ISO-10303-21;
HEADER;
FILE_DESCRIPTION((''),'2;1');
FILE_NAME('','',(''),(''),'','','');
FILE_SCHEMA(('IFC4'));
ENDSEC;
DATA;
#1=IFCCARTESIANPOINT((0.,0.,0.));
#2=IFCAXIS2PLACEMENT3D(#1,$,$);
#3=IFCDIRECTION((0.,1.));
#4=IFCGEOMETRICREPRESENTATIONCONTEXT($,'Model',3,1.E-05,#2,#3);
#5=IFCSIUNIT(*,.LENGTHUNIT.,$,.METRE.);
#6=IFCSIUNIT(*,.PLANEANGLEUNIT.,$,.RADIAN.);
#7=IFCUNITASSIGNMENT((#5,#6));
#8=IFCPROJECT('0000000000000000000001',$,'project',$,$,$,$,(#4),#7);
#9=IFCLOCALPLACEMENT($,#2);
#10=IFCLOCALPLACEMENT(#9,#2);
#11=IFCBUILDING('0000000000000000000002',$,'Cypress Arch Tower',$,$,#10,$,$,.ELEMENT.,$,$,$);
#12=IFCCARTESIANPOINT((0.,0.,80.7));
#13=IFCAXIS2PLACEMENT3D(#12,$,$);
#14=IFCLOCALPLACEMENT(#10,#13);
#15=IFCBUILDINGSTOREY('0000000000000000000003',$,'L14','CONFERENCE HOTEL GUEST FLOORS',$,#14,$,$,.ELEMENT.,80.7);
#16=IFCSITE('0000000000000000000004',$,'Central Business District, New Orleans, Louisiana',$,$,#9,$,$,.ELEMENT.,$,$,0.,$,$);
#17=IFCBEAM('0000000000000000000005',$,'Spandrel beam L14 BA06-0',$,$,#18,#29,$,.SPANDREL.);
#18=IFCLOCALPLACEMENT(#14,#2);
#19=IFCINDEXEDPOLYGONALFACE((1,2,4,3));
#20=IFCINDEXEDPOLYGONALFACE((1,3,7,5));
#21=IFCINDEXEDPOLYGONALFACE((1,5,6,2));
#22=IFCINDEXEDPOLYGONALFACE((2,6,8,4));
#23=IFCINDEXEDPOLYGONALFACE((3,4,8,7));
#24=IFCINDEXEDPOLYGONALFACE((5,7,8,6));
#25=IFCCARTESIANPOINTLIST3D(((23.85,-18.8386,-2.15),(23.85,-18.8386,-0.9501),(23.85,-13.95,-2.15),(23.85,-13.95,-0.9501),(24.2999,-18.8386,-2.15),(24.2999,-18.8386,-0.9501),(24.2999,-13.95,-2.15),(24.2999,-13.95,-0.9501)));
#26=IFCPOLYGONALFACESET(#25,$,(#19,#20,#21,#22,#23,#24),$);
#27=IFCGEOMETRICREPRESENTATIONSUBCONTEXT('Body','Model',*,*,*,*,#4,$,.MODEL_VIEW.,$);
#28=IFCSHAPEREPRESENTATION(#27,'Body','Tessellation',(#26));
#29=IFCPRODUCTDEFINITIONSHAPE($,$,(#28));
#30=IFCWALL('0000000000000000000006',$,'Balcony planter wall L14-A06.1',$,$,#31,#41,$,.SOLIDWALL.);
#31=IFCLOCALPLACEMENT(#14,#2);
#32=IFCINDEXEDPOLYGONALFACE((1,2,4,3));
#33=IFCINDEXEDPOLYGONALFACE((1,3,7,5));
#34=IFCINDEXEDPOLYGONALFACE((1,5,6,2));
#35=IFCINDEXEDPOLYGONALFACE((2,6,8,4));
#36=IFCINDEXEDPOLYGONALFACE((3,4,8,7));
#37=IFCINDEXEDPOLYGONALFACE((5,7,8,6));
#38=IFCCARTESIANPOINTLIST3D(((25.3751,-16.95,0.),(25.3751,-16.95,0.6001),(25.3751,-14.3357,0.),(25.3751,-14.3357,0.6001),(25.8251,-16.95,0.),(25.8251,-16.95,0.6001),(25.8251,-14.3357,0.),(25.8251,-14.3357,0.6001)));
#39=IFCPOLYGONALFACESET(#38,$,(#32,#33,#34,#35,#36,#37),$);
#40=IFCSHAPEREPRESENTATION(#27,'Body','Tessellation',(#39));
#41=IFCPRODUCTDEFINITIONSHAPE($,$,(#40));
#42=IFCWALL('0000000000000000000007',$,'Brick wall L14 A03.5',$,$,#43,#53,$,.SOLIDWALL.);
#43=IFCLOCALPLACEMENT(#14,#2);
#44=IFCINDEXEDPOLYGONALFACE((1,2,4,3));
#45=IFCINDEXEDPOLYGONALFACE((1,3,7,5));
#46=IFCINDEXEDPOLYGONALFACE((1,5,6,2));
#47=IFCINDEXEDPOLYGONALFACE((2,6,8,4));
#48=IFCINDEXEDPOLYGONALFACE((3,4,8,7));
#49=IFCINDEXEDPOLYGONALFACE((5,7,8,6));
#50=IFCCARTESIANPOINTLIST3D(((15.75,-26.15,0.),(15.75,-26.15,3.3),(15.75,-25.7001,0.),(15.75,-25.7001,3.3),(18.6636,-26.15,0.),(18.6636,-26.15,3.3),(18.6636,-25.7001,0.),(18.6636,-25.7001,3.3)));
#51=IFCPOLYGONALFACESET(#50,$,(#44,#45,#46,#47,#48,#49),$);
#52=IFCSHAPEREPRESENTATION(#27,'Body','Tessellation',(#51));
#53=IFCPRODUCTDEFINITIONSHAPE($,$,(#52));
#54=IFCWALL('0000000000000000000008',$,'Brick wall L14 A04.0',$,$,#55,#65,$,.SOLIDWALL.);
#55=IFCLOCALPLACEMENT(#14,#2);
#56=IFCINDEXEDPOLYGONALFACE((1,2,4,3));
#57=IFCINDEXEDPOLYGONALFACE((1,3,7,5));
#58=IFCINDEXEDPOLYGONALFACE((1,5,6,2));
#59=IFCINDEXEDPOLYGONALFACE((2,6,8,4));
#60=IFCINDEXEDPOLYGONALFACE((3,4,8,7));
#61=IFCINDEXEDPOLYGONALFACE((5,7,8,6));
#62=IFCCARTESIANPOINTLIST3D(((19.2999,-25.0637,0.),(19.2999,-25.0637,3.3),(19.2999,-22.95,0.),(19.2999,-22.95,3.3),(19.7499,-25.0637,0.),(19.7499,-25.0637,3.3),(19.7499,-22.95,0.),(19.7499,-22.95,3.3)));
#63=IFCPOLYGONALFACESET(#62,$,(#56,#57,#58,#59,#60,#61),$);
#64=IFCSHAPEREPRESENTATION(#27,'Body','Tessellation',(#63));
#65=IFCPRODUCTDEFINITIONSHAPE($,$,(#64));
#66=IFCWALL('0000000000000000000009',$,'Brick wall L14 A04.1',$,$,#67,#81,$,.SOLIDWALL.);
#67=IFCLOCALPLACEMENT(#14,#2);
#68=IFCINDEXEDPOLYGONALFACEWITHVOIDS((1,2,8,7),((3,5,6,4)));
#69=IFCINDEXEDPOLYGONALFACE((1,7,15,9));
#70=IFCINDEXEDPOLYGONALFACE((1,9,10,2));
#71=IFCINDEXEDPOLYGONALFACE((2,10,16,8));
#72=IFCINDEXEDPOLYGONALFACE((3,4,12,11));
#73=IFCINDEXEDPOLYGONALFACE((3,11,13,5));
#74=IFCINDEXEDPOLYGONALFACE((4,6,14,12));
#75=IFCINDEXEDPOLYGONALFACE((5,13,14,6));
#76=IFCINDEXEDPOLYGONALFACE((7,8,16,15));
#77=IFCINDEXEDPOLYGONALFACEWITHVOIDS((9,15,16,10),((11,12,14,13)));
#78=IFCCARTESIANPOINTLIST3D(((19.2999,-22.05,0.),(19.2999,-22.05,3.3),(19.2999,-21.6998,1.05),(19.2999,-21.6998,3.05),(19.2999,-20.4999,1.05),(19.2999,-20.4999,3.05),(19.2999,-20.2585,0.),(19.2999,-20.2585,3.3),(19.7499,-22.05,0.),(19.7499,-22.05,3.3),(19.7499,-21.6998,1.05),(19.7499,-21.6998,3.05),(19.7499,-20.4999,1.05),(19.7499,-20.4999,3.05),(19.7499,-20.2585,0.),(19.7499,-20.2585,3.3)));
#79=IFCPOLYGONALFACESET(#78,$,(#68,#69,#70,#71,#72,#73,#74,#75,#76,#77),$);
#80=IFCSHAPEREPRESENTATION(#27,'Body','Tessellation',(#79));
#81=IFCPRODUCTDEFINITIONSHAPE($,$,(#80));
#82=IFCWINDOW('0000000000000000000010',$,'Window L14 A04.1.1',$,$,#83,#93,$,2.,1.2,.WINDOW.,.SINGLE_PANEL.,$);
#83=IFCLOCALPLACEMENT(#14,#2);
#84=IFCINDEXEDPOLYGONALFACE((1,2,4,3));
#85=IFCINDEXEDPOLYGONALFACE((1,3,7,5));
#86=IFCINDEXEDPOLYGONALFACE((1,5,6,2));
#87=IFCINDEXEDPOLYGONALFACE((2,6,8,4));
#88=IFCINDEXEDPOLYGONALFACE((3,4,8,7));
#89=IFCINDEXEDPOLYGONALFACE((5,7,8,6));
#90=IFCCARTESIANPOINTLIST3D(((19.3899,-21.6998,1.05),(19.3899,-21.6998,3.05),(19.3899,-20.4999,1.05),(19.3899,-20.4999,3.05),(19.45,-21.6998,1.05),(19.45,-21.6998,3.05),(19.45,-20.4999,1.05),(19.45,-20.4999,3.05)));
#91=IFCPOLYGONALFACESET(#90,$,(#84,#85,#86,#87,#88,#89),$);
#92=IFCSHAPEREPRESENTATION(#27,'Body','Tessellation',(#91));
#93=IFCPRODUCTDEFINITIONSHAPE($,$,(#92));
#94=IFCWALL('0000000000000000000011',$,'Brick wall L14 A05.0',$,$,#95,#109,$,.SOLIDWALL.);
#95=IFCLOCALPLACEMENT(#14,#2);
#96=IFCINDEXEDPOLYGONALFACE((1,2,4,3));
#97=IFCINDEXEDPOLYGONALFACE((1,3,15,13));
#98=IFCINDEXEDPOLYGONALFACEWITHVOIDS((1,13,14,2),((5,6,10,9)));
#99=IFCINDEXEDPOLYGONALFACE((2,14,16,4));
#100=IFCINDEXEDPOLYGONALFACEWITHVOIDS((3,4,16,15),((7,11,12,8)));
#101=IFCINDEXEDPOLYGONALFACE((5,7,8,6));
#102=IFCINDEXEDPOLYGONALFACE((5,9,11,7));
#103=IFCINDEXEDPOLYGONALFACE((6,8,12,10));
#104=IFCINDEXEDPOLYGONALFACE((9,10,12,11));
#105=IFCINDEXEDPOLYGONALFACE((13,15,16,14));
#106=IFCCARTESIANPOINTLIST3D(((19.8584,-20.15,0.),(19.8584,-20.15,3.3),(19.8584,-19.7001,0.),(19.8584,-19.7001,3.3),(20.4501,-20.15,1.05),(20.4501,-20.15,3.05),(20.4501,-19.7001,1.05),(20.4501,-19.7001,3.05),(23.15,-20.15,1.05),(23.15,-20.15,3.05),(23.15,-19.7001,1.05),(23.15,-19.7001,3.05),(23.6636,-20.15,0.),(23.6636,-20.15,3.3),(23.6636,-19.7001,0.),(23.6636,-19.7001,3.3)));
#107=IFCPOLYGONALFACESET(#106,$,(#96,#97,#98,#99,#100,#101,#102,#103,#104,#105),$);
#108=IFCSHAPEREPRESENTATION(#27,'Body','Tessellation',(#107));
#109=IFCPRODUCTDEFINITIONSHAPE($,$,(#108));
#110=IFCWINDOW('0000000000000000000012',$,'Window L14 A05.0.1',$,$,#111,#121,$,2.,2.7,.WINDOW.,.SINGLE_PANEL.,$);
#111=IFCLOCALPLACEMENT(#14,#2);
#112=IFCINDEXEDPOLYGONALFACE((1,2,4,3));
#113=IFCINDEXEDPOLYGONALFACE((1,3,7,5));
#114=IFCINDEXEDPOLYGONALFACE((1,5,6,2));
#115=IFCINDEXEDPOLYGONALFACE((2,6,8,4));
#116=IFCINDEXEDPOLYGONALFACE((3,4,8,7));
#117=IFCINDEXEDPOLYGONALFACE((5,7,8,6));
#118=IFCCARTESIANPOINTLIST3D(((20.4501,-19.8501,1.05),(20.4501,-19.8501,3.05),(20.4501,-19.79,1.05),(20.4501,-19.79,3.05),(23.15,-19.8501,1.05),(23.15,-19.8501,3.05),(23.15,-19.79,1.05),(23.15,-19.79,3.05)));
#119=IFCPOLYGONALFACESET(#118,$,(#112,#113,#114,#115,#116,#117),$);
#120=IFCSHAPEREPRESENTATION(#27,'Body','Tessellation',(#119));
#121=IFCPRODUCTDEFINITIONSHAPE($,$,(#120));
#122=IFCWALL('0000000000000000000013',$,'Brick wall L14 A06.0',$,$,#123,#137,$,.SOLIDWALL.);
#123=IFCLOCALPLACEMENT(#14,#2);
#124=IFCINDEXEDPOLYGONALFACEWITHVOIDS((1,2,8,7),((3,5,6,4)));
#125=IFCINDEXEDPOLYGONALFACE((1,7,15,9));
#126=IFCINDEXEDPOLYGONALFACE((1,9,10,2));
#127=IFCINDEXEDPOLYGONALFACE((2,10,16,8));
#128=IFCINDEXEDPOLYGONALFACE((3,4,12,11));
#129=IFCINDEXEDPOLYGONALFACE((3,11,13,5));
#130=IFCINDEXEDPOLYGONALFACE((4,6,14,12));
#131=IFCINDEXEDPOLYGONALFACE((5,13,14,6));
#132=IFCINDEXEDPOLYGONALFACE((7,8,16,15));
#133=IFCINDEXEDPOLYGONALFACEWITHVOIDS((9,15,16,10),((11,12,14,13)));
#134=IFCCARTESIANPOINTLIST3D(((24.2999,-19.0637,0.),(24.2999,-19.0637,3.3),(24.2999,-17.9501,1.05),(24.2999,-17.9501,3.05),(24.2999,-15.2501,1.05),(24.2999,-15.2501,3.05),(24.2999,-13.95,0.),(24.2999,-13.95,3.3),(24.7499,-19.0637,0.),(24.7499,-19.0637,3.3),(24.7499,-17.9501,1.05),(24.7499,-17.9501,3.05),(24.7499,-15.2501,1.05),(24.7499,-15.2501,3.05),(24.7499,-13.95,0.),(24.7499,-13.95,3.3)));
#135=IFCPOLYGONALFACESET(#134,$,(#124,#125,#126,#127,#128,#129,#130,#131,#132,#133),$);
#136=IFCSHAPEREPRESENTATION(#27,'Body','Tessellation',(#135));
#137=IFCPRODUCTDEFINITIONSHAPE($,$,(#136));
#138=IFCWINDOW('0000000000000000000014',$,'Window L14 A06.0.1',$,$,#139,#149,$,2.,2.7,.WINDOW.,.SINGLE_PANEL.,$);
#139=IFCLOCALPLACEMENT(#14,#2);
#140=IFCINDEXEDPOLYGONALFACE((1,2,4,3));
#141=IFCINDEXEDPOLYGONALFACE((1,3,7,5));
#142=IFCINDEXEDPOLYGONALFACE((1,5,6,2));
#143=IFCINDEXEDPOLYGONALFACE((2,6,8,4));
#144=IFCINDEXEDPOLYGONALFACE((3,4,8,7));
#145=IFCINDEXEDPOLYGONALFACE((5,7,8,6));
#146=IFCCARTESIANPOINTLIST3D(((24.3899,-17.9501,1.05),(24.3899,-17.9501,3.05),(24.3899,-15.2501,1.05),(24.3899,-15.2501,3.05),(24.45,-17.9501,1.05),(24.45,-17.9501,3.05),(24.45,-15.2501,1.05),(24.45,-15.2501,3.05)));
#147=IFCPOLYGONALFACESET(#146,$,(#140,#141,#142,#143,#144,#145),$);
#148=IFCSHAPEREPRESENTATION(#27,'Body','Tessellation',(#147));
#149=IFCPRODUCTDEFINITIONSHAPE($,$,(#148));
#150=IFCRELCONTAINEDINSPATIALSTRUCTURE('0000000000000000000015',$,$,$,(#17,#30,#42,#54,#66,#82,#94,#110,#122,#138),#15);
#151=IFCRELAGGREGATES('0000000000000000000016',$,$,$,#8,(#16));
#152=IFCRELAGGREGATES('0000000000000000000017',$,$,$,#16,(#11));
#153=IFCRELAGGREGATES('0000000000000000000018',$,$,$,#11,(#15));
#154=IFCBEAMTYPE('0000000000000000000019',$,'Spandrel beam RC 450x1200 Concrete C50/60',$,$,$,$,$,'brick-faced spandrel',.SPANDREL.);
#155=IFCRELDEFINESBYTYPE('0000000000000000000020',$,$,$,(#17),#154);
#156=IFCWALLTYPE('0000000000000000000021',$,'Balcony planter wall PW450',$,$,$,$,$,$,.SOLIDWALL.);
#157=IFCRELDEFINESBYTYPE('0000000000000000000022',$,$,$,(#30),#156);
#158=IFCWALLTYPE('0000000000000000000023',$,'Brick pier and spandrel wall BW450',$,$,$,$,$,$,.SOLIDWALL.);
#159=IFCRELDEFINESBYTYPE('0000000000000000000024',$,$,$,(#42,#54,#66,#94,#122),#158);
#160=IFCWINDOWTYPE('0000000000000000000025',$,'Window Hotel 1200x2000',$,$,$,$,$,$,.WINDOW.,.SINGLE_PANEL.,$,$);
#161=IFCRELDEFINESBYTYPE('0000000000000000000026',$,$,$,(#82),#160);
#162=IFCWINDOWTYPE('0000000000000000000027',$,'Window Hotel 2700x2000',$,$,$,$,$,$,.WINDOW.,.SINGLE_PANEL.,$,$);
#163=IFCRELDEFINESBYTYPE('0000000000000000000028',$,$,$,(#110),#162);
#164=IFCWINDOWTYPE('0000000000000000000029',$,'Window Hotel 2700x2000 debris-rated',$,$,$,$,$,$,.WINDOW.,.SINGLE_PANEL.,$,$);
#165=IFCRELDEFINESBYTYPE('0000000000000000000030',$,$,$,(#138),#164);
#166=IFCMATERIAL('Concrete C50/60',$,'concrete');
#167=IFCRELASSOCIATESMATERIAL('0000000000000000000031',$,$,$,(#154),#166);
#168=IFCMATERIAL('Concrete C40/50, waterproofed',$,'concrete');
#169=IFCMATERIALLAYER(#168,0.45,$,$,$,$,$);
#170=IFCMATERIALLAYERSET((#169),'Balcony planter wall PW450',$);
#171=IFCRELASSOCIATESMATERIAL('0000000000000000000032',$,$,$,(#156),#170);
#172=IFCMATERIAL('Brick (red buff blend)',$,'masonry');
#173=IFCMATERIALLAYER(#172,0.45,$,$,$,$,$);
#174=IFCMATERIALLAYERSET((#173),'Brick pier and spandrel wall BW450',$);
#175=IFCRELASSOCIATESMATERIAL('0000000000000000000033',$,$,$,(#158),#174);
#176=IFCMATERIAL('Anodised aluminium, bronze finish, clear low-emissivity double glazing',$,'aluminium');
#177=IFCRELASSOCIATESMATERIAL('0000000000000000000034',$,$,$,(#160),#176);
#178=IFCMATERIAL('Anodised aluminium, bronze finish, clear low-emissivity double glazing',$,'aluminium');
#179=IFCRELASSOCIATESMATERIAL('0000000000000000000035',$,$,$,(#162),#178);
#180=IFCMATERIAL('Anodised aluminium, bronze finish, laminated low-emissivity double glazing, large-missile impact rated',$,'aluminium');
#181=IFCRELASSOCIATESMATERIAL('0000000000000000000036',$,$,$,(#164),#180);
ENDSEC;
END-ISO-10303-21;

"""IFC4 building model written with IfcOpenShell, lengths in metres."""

from ifc_helpers import new_model, si_unit, direction, frame, frame_2d, origin, origin_2d, place, context, subcontext, project, spatial, rectangle, extrude, material, layer, layer_set, material_profile, profile_set, type_object, element, fill, save


model = new_model("IFC4")

# Units and contexts
model_context = context("Model", 3, precision=1e-05, world=origin(), true_north=direction((0.0, 1.0)))
body_context = subcontext(model_context, "Body", "Model", "MODEL_VIEW")
ifc_project = project(units=[si_unit("LENGTHUNIT", "METRE"), si_unit("PLANEANGLEUNIT", "RADIAN")], contexts=[model_context])

# Site, building, storey
site_placement = place(None, origin())
site = spatial("IfcSite", under=ifc_project, at=site_placement, Name="Central Business District, New Orleans, Louisiana", CompositionType="ELEMENT", RefElevation=0.0)
building_placement = place(site_placement, origin())
building = spatial("IfcBuilding", under=site, at=building_placement, Name="Cypress Arch Tower", CompositionType="ELEMENT")
storey_placement = place(building_placement, frame((0.0, 0.0, 80.7)))
storey = spatial("IfcBuildingStorey", under=building, at=storey_placement, Name="L14", Description="CONFERENCE HOTEL GUEST FLOORS", CompositionType="ELEMENT", Elevation=80.7)

# Beam
ifc_material_1 = material(Name="Concrete C50/60", Category="concrete")
ifc_material_profile_1 = material_profile(ifc_material_1, rectangle(XDim=0.45, YDim=1.2, at=origin_2d()), Name="RC 450x1200")
ifc_profile_set_1 = profile_set([ifc_material_profile_1], Name="Concrete C50/60")
beam_type = type_object("IfcBeamType", Name="Spandrel beam RC 450x1200 Concrete C50/60", ElementType="brick-faced spandrel", PredefinedType="SPANDREL", material=ifc_profile_set_1)
beam_1_placement = place(storey_placement, frame((24.075, -18.8386, -1.55), z_axis=(0.0, 1.0, 0.0), x_axis=(-1.0, 0.0, 0.0)))
element("IfcBeam", 1, at=beam_1_placement, inside=storey, type_object=beam_type, Name="Spandrel beam L14 BA06-0", PredefinedType="SPANDREL", context=body_context, shape_type="SweptSolid", body=[
    extrude(rectangle(XDim=0.45, YDim=1.2, at=origin_2d()), origin(), (0.0, 0.0, 1.0), 4.8887),
])

# Walls
ifc_material_2 = material(Name="Concrete C40/50, waterproofed", Category="concrete")
ifc_layer_1 = layer(ifc_material_2, 0.45)
ifc_layer_set_1 = layer_set([ifc_layer_1], Name="Balcony planter wall PW450")
wall_type_1 = type_object("IfcWallType", Name="Balcony planter wall PW450", PredefinedType="SOLIDWALL", material=ifc_layer_set_1)
wall_1_placement = place(storey_placement, frame((25.6001, -16.95, 0.0), z_axis=(0.0, 0.0, 1.0), x_axis=(0.0, 1.0, 0.0)))
element("IfcWall", 2, at=wall_1_placement, inside=storey, type_object=wall_type_1, Name="Balcony planter wall L14-A06.1", PredefinedType="SOLIDWALL", context=body_context, shape_type="SweptSolid", body=[
    extrude(rectangle(XDim=2.6143, YDim=0.45, at=frame_2d((1.3071, 0.0))), origin(), (0.0, 0.0, 1.0), 0.6001),
])
ifc_material_3 = material(Name="Brick (red buff blend)", Category="masonry")
ifc_layer_2 = layer(ifc_material_3, 0.45)
ifc_layer_set_2 = layer_set([ifc_layer_2], Name="Brick pier and spandrel wall BW450")
wall_type_2 = type_object("IfcWallType", Name="Brick pier and spandrel wall BW450", PredefinedType="SOLIDWALL", material=ifc_layer_set_2)
wall_2_placement = place(storey_placement, frame((15.75, -25.925, 0.0), z_axis=(0.0, 0.0, 1.0), x_axis=(1.0, 0.0, 0.0)))
element("IfcWall", 3, at=wall_2_placement, inside=storey, type_object=wall_type_2, Name="Brick wall L14 A03.5", PredefinedType="SOLIDWALL", context=body_context, shape_type="SweptSolid", body=[
    extrude(rectangle(XDim=2.9136, YDim=0.45, at=frame_2d((1.4568, 0.0))), origin(), (0.0, 0.0, 1.0), 3.3),
])
wall_3_placement = place(storey_placement, frame((19.5249, -25.0637, 0.0), z_axis=(0.0, 0.0, 1.0), x_axis=(0.0, 1.0, 0.0)))
element("IfcWall", 4, at=wall_3_placement, inside=storey, type_object=wall_type_2, Name="Brick wall L14 A04.0", PredefinedType="SOLIDWALL", context=body_context, shape_type="SweptSolid", body=[
    extrude(rectangle(XDim=2.1138, YDim=0.45, at=frame_2d((1.0569, 0.0))), origin(), (0.0, 0.0, 1.0), 3.3),
])

# Walls, openings, windows
wall_4_placement = place(storey_placement, frame((19.5249, -22.05, 0.0), z_axis=(0.0, 0.0, 1.0), x_axis=(0.0, 1.0, 0.0)))
wall_4 = element("IfcWall", 5, at=wall_4_placement, inside=storey, type_object=wall_type_2, Name="Brick wall L14 A04.1", PredefinedType="SOLIDWALL", context=body_context, shape_type="SweptSolid", body=[
    extrude(rectangle(XDim=1.7915, YDim=0.45, at=frame_2d((0.8958, 0.0))), origin(), (0.0, 0.0, 1.0), 3.3),
])
opening_1_placement = place(wall_4_placement, frame((0.3501, 0.0, 1.05)))
opening_1 = element("IfcOpeningElement", 6, at=opening_1_placement, cuts=wall_4, PredefinedType="OPENING", context=body_context, shape_type="SweptSolid", body=[
    extrude(rectangle(XDim=1.2, YDim=2.0, at=frame_2d((0.6001, 1.0))), frame((0.0, 0.2349, 0.0), z_axis=(0.0, -1.0, 0.0), x_axis=(1.0, 0.0, 0.0)), (0.0, 0.0, 1.0), 0.47),
])
ifc_material_4 = material(Name="Anodised aluminium, bronze finish, clear low-emissivity double glazing", Category="aluminium")
window_type_1 = type_object("IfcWindowType", Name="Window Hotel 1200x2000", PartitioningType="SINGLE_PANEL", PredefinedType="WINDOW", material=ifc_material_4)
window_1_placement = place(opening_1_placement, origin())
window_1 = element("IfcWindow", 7, at=window_1_placement, inside=storey, type_object=window_type_1, Name="Window L14 A04.1.1", OverallHeight=2.0, OverallWidth=1.2, PartitioningType="SINGLE_PANEL", PredefinedType="WINDOW", context=body_context, shape_type="SweptSolid", body=[
    extrude(rectangle(XDim=1.2, YDim=2.0, at=frame_2d((0.6001, 1.0))), frame((0.0, 0.135, 0.0), z_axis=(0.0, -1.0, 0.0), x_axis=(1.0, 0.0, 0.0)), (0.0, 0.0, 1.0), 0.0601),
])
fill(opening_1, window_1)
wall_5_placement = place(storey_placement, frame((19.8584, -19.925, 0.0), z_axis=(0.0, 0.0, 1.0), x_axis=(1.0, 0.0, 0.0)))
wall_5 = element("IfcWall", 8, at=wall_5_placement, inside=storey, type_object=wall_type_2, Name="Brick wall L14 A05.0", PredefinedType="SOLIDWALL", context=body_context, shape_type="SweptSolid", body=[
    extrude(rectangle(XDim=3.8052, YDim=0.45, at=frame_2d((1.9026, 0.0))), origin(), (0.0, 0.0, 1.0), 3.3),
])
opening_2_placement = place(wall_5_placement, frame((0.5916, 0.0, 1.05)))
opening_2 = element("IfcOpeningElement", 9, at=opening_2_placement, cuts=wall_5, PredefinedType="OPENING", context=body_context, shape_type="SweptSolid", body=[
    extrude(rectangle(XDim=2.7, YDim=2.0, at=frame_2d((1.3501, 1.0))), frame((0.0, 0.2349, 0.0), z_axis=(0.0, -1.0, 0.0), x_axis=(1.0, 0.0, 0.0)), (0.0, 0.0, 1.0), 0.47),
])
ifc_material_5 = material(Name="Anodised aluminium, bronze finish, clear low-emissivity double glazing", Category="aluminium")
window_type_2 = type_object("IfcWindowType", Name="Window Hotel 2700x2000", PartitioningType="SINGLE_PANEL", PredefinedType="WINDOW", material=ifc_material_5)
window_2_placement = place(opening_2_placement, origin())
window_2 = element("IfcWindow", 10, at=window_2_placement, inside=storey, type_object=window_type_2, Name="Window L14 A05.0.1", OverallHeight=2.0, OverallWidth=2.7, PartitioningType="SINGLE_PANEL", PredefinedType="WINDOW", context=body_context, shape_type="SweptSolid", body=[
    extrude(rectangle(XDim=2.7, YDim=2.0, at=frame_2d((1.3501, 1.0))), frame((0.0, 0.135, 0.0), z_axis=(0.0, -1.0, 0.0), x_axis=(1.0, 0.0, 0.0)), (0.0, 0.0, 1.0), 0.0601),
])
fill(opening_2, window_2)
wall_6_placement = place(storey_placement, frame((24.5249, -19.0637, 0.0), z_axis=(0.0, 0.0, 1.0), x_axis=(0.0, 1.0, 0.0)))
wall_6 = element("IfcWall", 11, at=wall_6_placement, inside=storey, type_object=wall_type_2, Name="Brick wall L14 A06.0", PredefinedType="SOLIDWALL", context=body_context, shape_type="SweptSolid", body=[
    extrude(rectangle(XDim=5.1138, YDim=0.45, at=frame_2d((2.5569, 0.0))), origin(), (0.0, 0.0, 1.0), 3.3),
])
opening_3_placement = place(wall_6_placement, frame((1.1135, 0.0, 1.05)))
opening_3 = element("IfcOpeningElement", 12, at=opening_3_placement, cuts=wall_6, PredefinedType="OPENING", context=body_context, shape_type="SweptSolid", body=[
    extrude(rectangle(XDim=2.7, YDim=2.0, at=frame_2d((1.3501, 1.0))), frame((0.0, 0.2349, 0.0), z_axis=(0.0, -1.0, 0.0), x_axis=(1.0, 0.0, 0.0)), (0.0, 0.0, 1.0), 0.47),
])
ifc_material_6 = material(Name="Anodised aluminium, bronze finish, laminated low-emissivity double glazing, large-missile impact rated", Category="aluminium")
window_type_3 = type_object("IfcWindowType", Name="Window Hotel 2700x2000 debris-rated", PartitioningType="SINGLE_PANEL", PredefinedType="WINDOW", material=ifc_material_6)
window_3_placement = place(opening_3_placement, origin())
window_3 = element("IfcWindow", 13, at=window_3_placement, inside=storey, type_object=window_type_3, Name="Window L14 A06.0.1", OverallHeight=2.0, OverallWidth=2.7, PartitioningType="SINGLE_PANEL", PredefinedType="WINDOW", context=body_context, shape_type="SweptSolid", body=[
    extrude(rectangle(XDim=2.7, YDim=2.0, at=frame_2d((1.3501, 1.0))), frame((0.0, 0.135, 0.0), z_axis=(0.0, -1.0, 0.0), x_axis=(1.0, 0.0, 0.0)), (0.0, 0.0, 1.0), 0.0601),
])
fill(opening_3, window_3)

save(model, "model.ifc")
